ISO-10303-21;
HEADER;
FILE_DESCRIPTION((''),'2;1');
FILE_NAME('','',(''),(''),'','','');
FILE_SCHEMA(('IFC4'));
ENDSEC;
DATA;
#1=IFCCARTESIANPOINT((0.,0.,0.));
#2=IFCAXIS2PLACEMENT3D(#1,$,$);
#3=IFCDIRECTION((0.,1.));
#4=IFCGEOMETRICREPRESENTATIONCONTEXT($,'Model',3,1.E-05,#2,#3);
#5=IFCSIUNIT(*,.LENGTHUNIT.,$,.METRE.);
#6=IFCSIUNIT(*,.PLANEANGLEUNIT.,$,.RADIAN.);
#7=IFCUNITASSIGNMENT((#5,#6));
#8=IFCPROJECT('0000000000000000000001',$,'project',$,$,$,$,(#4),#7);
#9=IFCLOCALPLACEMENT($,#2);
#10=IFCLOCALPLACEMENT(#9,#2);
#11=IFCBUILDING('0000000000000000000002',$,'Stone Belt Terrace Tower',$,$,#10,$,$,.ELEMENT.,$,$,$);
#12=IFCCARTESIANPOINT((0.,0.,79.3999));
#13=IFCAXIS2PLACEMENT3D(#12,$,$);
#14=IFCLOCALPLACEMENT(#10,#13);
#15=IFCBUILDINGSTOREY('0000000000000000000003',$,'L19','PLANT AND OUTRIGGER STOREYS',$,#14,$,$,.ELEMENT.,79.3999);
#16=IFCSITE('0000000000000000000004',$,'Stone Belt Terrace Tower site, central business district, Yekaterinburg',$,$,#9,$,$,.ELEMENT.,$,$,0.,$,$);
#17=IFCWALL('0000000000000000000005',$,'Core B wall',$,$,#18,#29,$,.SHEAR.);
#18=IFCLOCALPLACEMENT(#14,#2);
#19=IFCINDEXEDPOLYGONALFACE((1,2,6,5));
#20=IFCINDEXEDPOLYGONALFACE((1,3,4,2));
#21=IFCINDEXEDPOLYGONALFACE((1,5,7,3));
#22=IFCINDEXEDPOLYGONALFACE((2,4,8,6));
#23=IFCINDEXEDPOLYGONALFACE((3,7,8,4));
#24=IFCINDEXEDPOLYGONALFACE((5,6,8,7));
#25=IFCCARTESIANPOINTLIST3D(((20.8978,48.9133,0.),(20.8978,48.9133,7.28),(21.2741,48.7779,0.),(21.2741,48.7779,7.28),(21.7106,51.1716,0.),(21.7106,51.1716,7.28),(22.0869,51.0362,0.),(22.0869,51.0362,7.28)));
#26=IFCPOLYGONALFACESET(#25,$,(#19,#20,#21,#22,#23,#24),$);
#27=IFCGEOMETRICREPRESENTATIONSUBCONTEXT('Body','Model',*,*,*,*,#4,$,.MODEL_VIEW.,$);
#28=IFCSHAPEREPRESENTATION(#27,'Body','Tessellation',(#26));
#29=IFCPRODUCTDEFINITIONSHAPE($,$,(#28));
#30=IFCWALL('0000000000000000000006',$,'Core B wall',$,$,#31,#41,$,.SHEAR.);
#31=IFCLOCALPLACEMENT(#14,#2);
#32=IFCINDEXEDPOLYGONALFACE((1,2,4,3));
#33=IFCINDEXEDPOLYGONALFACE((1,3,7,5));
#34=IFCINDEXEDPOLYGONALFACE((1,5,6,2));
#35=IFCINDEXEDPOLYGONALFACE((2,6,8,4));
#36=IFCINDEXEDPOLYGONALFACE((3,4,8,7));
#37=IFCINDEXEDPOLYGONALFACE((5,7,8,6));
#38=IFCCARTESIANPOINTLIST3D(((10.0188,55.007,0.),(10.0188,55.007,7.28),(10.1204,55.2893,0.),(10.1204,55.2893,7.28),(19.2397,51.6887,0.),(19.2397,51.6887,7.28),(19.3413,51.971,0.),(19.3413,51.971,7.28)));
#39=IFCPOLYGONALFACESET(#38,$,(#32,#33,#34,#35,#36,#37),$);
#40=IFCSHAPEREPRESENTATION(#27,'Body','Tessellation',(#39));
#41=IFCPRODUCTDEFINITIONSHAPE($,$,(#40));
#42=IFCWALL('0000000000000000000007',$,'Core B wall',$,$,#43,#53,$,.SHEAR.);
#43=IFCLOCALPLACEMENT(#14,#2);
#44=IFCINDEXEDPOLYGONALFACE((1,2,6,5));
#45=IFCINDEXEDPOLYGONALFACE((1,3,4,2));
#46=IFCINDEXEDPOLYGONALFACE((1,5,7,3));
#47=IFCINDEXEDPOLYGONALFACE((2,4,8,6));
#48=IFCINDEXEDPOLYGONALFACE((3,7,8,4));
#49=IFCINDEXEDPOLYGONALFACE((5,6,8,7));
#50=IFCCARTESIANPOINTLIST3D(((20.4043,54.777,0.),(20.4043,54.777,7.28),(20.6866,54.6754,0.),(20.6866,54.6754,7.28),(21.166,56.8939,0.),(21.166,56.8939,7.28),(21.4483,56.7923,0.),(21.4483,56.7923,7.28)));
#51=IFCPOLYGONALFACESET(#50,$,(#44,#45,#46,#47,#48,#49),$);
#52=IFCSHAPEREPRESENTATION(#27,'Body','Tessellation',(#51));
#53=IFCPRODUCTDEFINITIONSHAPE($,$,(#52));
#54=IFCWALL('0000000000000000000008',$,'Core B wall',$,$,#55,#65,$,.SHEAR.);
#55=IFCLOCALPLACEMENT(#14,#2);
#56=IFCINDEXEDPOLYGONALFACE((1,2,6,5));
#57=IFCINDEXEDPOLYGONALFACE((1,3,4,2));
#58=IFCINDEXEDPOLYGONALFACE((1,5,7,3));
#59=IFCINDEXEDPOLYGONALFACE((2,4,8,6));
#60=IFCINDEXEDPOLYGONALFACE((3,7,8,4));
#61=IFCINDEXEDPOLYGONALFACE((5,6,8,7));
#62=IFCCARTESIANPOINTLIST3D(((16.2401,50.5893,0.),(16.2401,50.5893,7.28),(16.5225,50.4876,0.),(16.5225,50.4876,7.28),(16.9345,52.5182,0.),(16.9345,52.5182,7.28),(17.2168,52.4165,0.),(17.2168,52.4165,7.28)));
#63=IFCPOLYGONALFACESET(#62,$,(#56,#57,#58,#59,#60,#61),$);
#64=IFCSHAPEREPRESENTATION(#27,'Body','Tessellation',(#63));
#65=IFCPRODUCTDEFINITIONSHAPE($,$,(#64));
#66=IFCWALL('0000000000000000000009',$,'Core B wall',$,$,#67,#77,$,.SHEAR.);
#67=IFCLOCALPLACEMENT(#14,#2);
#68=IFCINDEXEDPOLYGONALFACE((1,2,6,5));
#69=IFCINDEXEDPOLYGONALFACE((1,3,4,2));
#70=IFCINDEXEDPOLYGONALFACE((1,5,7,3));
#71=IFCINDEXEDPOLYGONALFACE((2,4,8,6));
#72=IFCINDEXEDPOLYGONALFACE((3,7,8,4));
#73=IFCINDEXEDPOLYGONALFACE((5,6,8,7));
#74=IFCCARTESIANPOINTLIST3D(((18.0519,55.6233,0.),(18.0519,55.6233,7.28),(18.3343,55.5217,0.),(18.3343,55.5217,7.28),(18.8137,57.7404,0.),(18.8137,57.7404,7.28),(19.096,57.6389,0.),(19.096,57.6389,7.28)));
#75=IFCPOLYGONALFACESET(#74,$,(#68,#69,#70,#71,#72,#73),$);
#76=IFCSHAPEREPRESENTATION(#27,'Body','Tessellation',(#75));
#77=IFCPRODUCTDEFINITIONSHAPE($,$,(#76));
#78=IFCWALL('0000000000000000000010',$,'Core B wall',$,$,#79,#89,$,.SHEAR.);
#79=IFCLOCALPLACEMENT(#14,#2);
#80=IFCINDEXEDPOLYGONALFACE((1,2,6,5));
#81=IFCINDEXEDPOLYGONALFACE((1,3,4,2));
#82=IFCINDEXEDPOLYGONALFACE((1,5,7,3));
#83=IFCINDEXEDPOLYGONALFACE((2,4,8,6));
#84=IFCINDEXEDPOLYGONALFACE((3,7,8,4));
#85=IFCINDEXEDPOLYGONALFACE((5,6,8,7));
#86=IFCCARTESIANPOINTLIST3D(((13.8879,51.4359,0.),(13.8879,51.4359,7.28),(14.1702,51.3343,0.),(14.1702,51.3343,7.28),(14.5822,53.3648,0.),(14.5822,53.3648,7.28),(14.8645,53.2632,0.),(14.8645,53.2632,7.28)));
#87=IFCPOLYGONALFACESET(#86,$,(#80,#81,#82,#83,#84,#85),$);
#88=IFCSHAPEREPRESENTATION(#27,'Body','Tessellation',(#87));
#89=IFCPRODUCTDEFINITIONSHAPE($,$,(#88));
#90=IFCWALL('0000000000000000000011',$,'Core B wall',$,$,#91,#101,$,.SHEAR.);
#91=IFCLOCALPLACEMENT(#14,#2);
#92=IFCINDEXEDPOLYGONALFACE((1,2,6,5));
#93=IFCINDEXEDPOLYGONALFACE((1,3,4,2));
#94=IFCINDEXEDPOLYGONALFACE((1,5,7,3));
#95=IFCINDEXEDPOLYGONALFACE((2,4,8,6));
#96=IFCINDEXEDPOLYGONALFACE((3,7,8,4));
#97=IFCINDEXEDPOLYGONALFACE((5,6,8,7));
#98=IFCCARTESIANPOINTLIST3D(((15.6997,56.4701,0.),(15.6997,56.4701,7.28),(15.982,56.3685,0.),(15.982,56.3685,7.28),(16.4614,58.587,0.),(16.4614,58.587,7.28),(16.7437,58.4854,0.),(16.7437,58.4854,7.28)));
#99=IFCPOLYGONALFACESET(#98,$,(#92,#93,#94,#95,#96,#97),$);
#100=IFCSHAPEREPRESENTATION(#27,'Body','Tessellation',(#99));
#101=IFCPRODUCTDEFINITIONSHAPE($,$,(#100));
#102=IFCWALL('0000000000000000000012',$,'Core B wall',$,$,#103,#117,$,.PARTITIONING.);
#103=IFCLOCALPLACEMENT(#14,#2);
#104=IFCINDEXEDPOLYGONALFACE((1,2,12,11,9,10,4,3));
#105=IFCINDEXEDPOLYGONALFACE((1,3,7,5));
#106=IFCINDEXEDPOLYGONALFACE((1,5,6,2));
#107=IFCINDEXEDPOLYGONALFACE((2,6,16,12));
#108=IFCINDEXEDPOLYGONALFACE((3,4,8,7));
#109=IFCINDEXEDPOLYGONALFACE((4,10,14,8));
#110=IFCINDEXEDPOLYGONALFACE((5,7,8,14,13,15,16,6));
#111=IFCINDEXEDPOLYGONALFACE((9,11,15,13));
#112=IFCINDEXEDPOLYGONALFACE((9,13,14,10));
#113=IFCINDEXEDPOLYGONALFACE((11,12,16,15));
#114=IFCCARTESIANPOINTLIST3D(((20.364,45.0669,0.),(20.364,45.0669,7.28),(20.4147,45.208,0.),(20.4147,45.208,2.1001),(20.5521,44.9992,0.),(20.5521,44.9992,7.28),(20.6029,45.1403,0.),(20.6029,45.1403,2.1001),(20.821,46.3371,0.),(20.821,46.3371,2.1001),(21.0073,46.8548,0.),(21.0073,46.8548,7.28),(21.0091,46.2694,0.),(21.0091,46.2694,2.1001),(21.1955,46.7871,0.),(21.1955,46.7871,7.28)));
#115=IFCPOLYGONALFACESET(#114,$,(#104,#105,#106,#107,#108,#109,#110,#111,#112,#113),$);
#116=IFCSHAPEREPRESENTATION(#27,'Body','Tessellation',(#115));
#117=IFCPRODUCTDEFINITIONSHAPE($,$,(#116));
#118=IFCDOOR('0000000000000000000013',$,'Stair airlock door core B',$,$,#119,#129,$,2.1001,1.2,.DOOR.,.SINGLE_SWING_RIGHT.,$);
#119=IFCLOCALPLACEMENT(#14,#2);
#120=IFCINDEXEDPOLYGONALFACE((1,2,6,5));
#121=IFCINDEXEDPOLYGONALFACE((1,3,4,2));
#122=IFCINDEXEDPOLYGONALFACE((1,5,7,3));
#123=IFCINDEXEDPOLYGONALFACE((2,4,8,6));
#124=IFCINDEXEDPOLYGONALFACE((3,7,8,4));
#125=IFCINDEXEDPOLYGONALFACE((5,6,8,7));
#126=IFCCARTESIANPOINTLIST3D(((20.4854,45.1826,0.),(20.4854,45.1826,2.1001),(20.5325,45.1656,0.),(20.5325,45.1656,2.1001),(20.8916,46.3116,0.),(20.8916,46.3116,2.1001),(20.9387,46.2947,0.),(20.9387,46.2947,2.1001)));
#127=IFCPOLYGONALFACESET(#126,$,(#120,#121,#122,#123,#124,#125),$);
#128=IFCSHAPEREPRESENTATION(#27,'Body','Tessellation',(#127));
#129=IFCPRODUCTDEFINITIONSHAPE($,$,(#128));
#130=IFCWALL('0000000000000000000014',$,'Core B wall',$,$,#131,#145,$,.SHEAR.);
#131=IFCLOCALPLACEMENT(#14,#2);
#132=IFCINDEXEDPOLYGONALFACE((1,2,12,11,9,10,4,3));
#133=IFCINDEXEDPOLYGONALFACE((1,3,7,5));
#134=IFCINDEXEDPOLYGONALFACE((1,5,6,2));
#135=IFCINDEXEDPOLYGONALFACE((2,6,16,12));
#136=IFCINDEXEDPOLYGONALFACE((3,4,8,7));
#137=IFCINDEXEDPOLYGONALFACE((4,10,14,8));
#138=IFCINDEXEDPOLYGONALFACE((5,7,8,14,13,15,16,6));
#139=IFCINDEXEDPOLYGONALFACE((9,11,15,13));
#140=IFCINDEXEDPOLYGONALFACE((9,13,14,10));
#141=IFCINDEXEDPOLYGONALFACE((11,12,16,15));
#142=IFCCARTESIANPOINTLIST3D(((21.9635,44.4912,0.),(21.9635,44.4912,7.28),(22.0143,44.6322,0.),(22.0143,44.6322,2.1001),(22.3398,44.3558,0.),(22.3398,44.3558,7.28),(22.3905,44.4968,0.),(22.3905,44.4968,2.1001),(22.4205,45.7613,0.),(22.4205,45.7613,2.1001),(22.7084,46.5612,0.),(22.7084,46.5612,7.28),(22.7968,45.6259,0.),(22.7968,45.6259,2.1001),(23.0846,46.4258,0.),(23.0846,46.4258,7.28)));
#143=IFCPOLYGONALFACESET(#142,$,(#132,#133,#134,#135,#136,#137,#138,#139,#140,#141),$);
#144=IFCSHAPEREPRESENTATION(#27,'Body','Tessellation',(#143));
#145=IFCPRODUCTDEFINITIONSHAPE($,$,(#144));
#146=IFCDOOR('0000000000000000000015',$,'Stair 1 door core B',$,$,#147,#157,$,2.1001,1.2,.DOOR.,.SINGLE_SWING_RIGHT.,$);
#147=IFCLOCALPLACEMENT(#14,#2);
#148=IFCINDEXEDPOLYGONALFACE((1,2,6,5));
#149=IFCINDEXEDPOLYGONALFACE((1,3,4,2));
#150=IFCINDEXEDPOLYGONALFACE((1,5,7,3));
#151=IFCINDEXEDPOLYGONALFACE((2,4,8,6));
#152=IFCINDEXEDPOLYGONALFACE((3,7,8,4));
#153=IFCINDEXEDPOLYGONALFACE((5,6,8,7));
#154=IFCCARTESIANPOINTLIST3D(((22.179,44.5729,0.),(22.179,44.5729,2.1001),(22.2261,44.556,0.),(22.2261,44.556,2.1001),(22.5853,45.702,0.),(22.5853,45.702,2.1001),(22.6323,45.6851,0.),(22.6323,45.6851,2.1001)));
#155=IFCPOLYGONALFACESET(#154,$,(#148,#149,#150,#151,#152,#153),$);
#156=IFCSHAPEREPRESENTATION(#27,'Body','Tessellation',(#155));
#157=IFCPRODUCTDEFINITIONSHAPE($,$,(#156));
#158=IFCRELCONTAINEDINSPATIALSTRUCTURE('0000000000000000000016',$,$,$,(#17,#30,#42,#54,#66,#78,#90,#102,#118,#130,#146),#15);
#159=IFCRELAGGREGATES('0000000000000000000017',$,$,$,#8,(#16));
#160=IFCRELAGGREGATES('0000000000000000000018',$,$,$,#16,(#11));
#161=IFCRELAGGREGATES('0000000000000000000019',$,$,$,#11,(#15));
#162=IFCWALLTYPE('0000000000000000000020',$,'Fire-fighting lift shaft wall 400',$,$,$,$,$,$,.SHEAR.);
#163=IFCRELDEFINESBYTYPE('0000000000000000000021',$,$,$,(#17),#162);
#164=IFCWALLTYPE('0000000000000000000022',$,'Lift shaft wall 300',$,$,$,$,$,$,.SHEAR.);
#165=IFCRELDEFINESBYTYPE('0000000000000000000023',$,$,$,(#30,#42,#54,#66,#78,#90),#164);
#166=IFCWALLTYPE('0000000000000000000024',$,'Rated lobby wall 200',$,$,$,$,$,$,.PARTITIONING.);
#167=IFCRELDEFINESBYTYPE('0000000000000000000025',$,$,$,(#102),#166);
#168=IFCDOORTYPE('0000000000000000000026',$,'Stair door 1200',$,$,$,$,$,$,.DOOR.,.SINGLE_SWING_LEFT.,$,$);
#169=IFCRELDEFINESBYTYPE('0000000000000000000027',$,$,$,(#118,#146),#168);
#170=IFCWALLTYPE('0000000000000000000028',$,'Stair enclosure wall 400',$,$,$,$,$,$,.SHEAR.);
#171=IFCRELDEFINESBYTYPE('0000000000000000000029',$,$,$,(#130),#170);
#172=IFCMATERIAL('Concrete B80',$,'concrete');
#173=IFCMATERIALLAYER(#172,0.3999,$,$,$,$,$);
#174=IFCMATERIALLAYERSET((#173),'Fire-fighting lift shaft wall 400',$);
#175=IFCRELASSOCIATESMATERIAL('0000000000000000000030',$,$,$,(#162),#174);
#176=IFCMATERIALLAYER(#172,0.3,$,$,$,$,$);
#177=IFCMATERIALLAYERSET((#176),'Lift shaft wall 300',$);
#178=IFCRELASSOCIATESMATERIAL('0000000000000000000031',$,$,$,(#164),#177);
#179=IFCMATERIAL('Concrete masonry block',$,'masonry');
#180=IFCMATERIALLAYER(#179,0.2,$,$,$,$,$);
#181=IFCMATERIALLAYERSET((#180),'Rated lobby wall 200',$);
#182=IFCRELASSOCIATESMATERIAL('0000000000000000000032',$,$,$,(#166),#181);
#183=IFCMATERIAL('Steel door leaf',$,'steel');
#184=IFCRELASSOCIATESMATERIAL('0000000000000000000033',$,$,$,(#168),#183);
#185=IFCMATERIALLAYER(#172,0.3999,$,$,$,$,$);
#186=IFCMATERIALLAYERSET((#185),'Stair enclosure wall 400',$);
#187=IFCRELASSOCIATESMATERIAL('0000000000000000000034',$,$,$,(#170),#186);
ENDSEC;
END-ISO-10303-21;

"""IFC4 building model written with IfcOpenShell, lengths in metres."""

from ifc_helpers import new_model, si_unit, direction, frame, frame_2d, origin, place, context, subcontext, project, spatial, rectangle, extrude, material, layer, layer_set, type_object, element, fill, save


model = new_model("IFC4")

# Units and contexts
model_context = context("Model", 3, precision=1e-05, world=origin(), true_north=direction((0.0, 1.0)))
body_context = subcontext(model_context, "Body", "Model", "MODEL_VIEW")
ifc_project = project(units=[si_unit("LENGTHUNIT", "METRE"), si_unit("PLANEANGLEUNIT", "RADIAN")], contexts=[model_context])

# Site, building, storey
site_placement = place(None, origin())
site = spatial("IfcSite", under=ifc_project, at=site_placement, Name="Stone Belt Terrace Tower site, central business district, Yekaterinburg", CompositionType="ELEMENT", RefElevation=0.0)
building_placement = place(site_placement, origin())
building = spatial("IfcBuilding", under=site, at=building_placement, Name="Stone Belt Terrace Tower", CompositionType="ELEMENT")
storey_placement = place(building_placement, frame((0.0, 0.0, 79.3999)))
storey = spatial("IfcBuildingStorey", under=building, at=storey_placement, Name="L19", Description="PLANT AND OUTRIGGER STOREYS", CompositionType="ELEMENT", Elevation=79.3999)

# Walls
ifc_material_1 = material(Name="Concrete B80", Category="concrete")
ifc_layer_1 = layer(ifc_material_1, 0.3999)
ifc_layer_set_1 = layer_set([ifc_layer_1], Name="Fire-fighting lift shaft wall 400")
wall_type_1 = type_object("IfcWallType", Name="Fire-fighting lift shaft wall 400", PredefinedType="SHEAR", material=ifc_layer_set_1)
wall_1_placement = place(storey_placement, frame((21.0859, 48.8455, 0.0), z_axis=(0.0, 0.0, 1.0), x_axis=(0.338629, 0.94092, 0.0)))
element("IfcWall", 1, at=wall_1_placement, inside=storey, type_object=wall_type_1, Name="Core B wall", PredefinedType="SHEAR", context=body_context, shape_type="SweptSolid", body=[
    extrude(rectangle(XDim=2.4001, YDim=0.3999, at=frame_2d((1.2002, 0.0))), origin(), (0.0, 0.0, 1.0), 7.28),
])
ifc_layer_2 = layer(ifc_material_1, 0.3)
ifc_layer_set_2 = layer_set([ifc_layer_2], Name="Lift shaft wall 300")
wall_type_2 = type_object("IfcWallType", Name="Lift shaft wall 300", PredefinedType="SHEAR", material=ifc_layer_set_2)
wall_2_placement = place(storey_placement, frame((19.2905, 51.8298, 0.0), z_axis=(0.0, 0.0, 1.0), x_axis=(-0.940926, 0.338613, 0.0)))
element("IfcWall", 2, at=wall_2_placement, inside=storey, type_object=wall_type_2, Name="Core B wall", PredefinedType="SHEAR", context=body_context, shape_type="SweptSolid", body=[
    extrude(rectangle(XDim=9.7998, YDim=0.3, at=frame_2d((4.8999, 0.0))), origin(), (0.0, 0.0, 1.0), 7.28),
])
wall_3_placement = place(storey_placement, frame((20.5454, 54.7261, 0.0), z_axis=(0.0, 0.0, 1.0), x_axis=(0.33857, 0.940941, 0.0)))
element("IfcWall", 3, at=wall_3_placement, inside=storey, type_object=wall_type_2, Name="Core B wall", PredefinedType="SHEAR", context=body_context, shape_type="SweptSolid", body=[
    extrude(rectangle(XDim=2.2498, YDim=0.3, at=frame_2d((1.125, 0.0))), origin(), (0.0, 0.0, 1.0), 7.28),
])
wall_4_placement = place(storey_placement, frame((16.3813, 50.5386, 0.0), z_axis=(0.0, 0.0, 1.0), x_axis=(0.338682, 0.940901, 0.0)))
element("IfcWall", 4, at=wall_4_placement, inside=storey, type_object=wall_type_2, Name="Core B wall", PredefinedType="SHEAR", context=body_context, shape_type="SweptSolid", body=[
    extrude(rectangle(XDim=2.05, YDim=0.3, at=frame_2d((1.0249, 0.0))), origin(), (0.0, 0.0, 1.0), 7.28),
])
wall_5_placement = place(storey_placement, frame((18.1931, 55.5725, 0.0), z_axis=(0.0, 0.0, 1.0), x_axis=(0.338535, 0.940954, 0.0)))
element("IfcWall", 5, at=wall_5_placement, inside=storey, type_object=wall_type_2, Name="Core B wall", PredefinedType="SHEAR", context=body_context, shape_type="SweptSolid", body=[
    extrude(rectangle(XDim=2.25, YDim=0.3, at=frame_2d((1.125, 0.0))), origin(), (0.0, 0.0, 1.0), 7.28),
])
wall_6_placement = place(storey_placement, frame((14.0291, 51.3853, 0.0), z_axis=(0.0, 0.0, 1.0), x_axis=(0.338682, 0.940901, 0.0)))
element("IfcWall", 6, at=wall_6_placement, inside=storey, type_object=wall_type_2, Name="Core B wall", PredefinedType="SHEAR", context=body_context, shape_type="SweptSolid", body=[
    extrude(rectangle(XDim=2.05, YDim=0.3, at=frame_2d((1.0249, 0.0))), origin(), (0.0, 0.0, 1.0), 7.28),
])
wall_7_placement = place(storey_placement, frame((15.8408, 56.4192, 0.0), z_axis=(0.0, 0.0, 1.0), x_axis=(0.33857, 0.940941, 0.0)))
element("IfcWall", 7, at=wall_7_placement, inside=storey, type_object=wall_type_2, Name="Core B wall", PredefinedType="SHEAR", context=body_context, shape_type="SweptSolid", body=[
    extrude(rectangle(XDim=2.2498, YDim=0.3, at=frame_2d((1.125, 0.0))), origin(), (0.0, 0.0, 1.0), 7.28),
])

# Walls, openings, doors
ifc_material_2 = material(Name="Concrete masonry block", Category="masonry")
ifc_layer_3 = layer(ifc_material_2, 0.2)
ifc_layer_set_3 = layer_set([ifc_layer_3], Name="Rated lobby wall 200")
wall_type_3 = type_object("IfcWallType", Name="Rated lobby wall 200", PredefinedType="PARTITIONING", material=ifc_layer_set_3)
wall_8_placement = place(storey_placement, frame((20.458, 45.033, 0.0), z_axis=(0.0, 0.0, 1.0), x_axis=(0.338574, 0.94094, 0.0)))
wall_8 = element("IfcWall", 8, at=wall_8_placement, inside=storey, type_object=wall_type_3, Name="Core B wall", PredefinedType="PARTITIONING", context=body_context, shape_type="SweptSolid", body=[
    extrude(rectangle(XDim=1.9001, YDim=0.2, at=frame_2d((0.9502, 0.0))), origin(), (0.0, 0.0, 1.0), 7.28),
])
opening_1_placement = place(wall_8_placement, frame((0.1499, 0.0, 0.0)))
opening_1 = element("IfcOpeningElement", 9, at=opening_1_placement, cuts=wall_8, PredefinedType="OPENING", context=body_context, shape_type="SweptSolid", body=[
    extrude(rectangle(XDim=1.2, YDim=2.1001, at=frame_2d((0.6001, 1.05))), frame((0.0, 0.1099, 0.0), z_axis=(0.0, -1.0, 0.0), x_axis=(1.0, 0.0, 0.0)), (0.0, 0.0, 1.0), 0.22),
])
ifc_material_3 = material(Name="Steel door leaf", Category="steel")
door_type = type_object("IfcDoorType", Name="Stair door 1200", OperationType="SINGLE_SWING_LEFT", PredefinedType="DOOR", material=ifc_material_3)
door_1_placement = place(opening_1_placement, origin())
door_1 = element("IfcDoor", 10, at=door_1_placement, inside=storey, type_object=door_type, Name="Stair airlock door core B", OperationType="SINGLE_SWING_RIGHT", OverallHeight=2.1001, OverallWidth=1.2, PredefinedType="DOOR", context=body_context, shape_type="SweptSolid", body=[
    extrude(rectangle(XDim=1.2, YDim=2.1001, at=frame_2d((0.6001, 1.05))), frame((0.0, 0.0249, 0.0), z_axis=(0.0, -1.0, 0.0), x_axis=(1.0, 0.0, 0.0)), (0.0, 0.0, 1.0), 0.05),
])
fill(opening_1, door_1)
ifc_layer_4 = layer(ifc_material_1, 0.3999)
ifc_layer_set_4 = layer_set([ifc_layer_4], Name="Stair enclosure wall 400")
wall_type_4 = type_object("IfcWallType", Name="Stair enclosure wall 400", PredefinedType="SHEAR", material=ifc_layer_set_4)
wall_9_placement = place(storey_placement, frame((22.1516, 44.4233, 0.0), z_axis=(0.0, 0.0, 1.0), x_axis=(0.338578, 0.940938, 0.0)))
wall_9 = element("IfcWall", 11, at=wall_9_placement, inside=storey, type_object=wall_type_4, Name="Core B wall", PredefinedType="SHEAR", context=body_context, shape_type="SweptSolid", body=[
    extrude(rectangle(XDim=2.2, YDim=0.3999, at=frame_2d((1.1001, 0.0))), origin(), (0.0, 0.0, 1.0), 7.28),
])
opening_2_placement = place(wall_9_placement, frame((0.1499, 0.0, 0.0)))
opening_2 = element("IfcOpeningElement", 12, at=opening_2_placement, cuts=wall_9, PredefinedType="OPENING", context=body_context, shape_type="SweptSolid", body=[
    extrude(rectangle(XDim=1.2, YDim=2.1001, at=frame_2d((0.6001, 1.05))), frame((0.0, 0.21, 0.0), z_axis=(0.0, -1.0, 0.0), x_axis=(1.0, 0.0, 0.0)), (0.0, 0.0, 1.0), 0.4199),
])
door_2_placement = place(opening_2_placement, origin())
door_2 = element("IfcDoor", 13, at=door_2_placement, inside=storey, type_object=door_type, Name="Stair 1 door core B", OperationType="SINGLE_SWING_RIGHT", OverallHeight=2.1001, OverallWidth=1.2, PredefinedType="DOOR", context=body_context, shape_type="SweptSolid", body=[
    extrude(rectangle(XDim=1.2, YDim=2.1001, at=frame_2d((0.6001, 1.05))), frame((0.0, 0.0249, 0.0), z_axis=(0.0, -1.0, 0.0), x_axis=(1.0, 0.0, 0.0)), (0.0, 0.0, 1.0), 0.05),
])
fill(opening_2, door_2)

save(model, "model.ifc")
